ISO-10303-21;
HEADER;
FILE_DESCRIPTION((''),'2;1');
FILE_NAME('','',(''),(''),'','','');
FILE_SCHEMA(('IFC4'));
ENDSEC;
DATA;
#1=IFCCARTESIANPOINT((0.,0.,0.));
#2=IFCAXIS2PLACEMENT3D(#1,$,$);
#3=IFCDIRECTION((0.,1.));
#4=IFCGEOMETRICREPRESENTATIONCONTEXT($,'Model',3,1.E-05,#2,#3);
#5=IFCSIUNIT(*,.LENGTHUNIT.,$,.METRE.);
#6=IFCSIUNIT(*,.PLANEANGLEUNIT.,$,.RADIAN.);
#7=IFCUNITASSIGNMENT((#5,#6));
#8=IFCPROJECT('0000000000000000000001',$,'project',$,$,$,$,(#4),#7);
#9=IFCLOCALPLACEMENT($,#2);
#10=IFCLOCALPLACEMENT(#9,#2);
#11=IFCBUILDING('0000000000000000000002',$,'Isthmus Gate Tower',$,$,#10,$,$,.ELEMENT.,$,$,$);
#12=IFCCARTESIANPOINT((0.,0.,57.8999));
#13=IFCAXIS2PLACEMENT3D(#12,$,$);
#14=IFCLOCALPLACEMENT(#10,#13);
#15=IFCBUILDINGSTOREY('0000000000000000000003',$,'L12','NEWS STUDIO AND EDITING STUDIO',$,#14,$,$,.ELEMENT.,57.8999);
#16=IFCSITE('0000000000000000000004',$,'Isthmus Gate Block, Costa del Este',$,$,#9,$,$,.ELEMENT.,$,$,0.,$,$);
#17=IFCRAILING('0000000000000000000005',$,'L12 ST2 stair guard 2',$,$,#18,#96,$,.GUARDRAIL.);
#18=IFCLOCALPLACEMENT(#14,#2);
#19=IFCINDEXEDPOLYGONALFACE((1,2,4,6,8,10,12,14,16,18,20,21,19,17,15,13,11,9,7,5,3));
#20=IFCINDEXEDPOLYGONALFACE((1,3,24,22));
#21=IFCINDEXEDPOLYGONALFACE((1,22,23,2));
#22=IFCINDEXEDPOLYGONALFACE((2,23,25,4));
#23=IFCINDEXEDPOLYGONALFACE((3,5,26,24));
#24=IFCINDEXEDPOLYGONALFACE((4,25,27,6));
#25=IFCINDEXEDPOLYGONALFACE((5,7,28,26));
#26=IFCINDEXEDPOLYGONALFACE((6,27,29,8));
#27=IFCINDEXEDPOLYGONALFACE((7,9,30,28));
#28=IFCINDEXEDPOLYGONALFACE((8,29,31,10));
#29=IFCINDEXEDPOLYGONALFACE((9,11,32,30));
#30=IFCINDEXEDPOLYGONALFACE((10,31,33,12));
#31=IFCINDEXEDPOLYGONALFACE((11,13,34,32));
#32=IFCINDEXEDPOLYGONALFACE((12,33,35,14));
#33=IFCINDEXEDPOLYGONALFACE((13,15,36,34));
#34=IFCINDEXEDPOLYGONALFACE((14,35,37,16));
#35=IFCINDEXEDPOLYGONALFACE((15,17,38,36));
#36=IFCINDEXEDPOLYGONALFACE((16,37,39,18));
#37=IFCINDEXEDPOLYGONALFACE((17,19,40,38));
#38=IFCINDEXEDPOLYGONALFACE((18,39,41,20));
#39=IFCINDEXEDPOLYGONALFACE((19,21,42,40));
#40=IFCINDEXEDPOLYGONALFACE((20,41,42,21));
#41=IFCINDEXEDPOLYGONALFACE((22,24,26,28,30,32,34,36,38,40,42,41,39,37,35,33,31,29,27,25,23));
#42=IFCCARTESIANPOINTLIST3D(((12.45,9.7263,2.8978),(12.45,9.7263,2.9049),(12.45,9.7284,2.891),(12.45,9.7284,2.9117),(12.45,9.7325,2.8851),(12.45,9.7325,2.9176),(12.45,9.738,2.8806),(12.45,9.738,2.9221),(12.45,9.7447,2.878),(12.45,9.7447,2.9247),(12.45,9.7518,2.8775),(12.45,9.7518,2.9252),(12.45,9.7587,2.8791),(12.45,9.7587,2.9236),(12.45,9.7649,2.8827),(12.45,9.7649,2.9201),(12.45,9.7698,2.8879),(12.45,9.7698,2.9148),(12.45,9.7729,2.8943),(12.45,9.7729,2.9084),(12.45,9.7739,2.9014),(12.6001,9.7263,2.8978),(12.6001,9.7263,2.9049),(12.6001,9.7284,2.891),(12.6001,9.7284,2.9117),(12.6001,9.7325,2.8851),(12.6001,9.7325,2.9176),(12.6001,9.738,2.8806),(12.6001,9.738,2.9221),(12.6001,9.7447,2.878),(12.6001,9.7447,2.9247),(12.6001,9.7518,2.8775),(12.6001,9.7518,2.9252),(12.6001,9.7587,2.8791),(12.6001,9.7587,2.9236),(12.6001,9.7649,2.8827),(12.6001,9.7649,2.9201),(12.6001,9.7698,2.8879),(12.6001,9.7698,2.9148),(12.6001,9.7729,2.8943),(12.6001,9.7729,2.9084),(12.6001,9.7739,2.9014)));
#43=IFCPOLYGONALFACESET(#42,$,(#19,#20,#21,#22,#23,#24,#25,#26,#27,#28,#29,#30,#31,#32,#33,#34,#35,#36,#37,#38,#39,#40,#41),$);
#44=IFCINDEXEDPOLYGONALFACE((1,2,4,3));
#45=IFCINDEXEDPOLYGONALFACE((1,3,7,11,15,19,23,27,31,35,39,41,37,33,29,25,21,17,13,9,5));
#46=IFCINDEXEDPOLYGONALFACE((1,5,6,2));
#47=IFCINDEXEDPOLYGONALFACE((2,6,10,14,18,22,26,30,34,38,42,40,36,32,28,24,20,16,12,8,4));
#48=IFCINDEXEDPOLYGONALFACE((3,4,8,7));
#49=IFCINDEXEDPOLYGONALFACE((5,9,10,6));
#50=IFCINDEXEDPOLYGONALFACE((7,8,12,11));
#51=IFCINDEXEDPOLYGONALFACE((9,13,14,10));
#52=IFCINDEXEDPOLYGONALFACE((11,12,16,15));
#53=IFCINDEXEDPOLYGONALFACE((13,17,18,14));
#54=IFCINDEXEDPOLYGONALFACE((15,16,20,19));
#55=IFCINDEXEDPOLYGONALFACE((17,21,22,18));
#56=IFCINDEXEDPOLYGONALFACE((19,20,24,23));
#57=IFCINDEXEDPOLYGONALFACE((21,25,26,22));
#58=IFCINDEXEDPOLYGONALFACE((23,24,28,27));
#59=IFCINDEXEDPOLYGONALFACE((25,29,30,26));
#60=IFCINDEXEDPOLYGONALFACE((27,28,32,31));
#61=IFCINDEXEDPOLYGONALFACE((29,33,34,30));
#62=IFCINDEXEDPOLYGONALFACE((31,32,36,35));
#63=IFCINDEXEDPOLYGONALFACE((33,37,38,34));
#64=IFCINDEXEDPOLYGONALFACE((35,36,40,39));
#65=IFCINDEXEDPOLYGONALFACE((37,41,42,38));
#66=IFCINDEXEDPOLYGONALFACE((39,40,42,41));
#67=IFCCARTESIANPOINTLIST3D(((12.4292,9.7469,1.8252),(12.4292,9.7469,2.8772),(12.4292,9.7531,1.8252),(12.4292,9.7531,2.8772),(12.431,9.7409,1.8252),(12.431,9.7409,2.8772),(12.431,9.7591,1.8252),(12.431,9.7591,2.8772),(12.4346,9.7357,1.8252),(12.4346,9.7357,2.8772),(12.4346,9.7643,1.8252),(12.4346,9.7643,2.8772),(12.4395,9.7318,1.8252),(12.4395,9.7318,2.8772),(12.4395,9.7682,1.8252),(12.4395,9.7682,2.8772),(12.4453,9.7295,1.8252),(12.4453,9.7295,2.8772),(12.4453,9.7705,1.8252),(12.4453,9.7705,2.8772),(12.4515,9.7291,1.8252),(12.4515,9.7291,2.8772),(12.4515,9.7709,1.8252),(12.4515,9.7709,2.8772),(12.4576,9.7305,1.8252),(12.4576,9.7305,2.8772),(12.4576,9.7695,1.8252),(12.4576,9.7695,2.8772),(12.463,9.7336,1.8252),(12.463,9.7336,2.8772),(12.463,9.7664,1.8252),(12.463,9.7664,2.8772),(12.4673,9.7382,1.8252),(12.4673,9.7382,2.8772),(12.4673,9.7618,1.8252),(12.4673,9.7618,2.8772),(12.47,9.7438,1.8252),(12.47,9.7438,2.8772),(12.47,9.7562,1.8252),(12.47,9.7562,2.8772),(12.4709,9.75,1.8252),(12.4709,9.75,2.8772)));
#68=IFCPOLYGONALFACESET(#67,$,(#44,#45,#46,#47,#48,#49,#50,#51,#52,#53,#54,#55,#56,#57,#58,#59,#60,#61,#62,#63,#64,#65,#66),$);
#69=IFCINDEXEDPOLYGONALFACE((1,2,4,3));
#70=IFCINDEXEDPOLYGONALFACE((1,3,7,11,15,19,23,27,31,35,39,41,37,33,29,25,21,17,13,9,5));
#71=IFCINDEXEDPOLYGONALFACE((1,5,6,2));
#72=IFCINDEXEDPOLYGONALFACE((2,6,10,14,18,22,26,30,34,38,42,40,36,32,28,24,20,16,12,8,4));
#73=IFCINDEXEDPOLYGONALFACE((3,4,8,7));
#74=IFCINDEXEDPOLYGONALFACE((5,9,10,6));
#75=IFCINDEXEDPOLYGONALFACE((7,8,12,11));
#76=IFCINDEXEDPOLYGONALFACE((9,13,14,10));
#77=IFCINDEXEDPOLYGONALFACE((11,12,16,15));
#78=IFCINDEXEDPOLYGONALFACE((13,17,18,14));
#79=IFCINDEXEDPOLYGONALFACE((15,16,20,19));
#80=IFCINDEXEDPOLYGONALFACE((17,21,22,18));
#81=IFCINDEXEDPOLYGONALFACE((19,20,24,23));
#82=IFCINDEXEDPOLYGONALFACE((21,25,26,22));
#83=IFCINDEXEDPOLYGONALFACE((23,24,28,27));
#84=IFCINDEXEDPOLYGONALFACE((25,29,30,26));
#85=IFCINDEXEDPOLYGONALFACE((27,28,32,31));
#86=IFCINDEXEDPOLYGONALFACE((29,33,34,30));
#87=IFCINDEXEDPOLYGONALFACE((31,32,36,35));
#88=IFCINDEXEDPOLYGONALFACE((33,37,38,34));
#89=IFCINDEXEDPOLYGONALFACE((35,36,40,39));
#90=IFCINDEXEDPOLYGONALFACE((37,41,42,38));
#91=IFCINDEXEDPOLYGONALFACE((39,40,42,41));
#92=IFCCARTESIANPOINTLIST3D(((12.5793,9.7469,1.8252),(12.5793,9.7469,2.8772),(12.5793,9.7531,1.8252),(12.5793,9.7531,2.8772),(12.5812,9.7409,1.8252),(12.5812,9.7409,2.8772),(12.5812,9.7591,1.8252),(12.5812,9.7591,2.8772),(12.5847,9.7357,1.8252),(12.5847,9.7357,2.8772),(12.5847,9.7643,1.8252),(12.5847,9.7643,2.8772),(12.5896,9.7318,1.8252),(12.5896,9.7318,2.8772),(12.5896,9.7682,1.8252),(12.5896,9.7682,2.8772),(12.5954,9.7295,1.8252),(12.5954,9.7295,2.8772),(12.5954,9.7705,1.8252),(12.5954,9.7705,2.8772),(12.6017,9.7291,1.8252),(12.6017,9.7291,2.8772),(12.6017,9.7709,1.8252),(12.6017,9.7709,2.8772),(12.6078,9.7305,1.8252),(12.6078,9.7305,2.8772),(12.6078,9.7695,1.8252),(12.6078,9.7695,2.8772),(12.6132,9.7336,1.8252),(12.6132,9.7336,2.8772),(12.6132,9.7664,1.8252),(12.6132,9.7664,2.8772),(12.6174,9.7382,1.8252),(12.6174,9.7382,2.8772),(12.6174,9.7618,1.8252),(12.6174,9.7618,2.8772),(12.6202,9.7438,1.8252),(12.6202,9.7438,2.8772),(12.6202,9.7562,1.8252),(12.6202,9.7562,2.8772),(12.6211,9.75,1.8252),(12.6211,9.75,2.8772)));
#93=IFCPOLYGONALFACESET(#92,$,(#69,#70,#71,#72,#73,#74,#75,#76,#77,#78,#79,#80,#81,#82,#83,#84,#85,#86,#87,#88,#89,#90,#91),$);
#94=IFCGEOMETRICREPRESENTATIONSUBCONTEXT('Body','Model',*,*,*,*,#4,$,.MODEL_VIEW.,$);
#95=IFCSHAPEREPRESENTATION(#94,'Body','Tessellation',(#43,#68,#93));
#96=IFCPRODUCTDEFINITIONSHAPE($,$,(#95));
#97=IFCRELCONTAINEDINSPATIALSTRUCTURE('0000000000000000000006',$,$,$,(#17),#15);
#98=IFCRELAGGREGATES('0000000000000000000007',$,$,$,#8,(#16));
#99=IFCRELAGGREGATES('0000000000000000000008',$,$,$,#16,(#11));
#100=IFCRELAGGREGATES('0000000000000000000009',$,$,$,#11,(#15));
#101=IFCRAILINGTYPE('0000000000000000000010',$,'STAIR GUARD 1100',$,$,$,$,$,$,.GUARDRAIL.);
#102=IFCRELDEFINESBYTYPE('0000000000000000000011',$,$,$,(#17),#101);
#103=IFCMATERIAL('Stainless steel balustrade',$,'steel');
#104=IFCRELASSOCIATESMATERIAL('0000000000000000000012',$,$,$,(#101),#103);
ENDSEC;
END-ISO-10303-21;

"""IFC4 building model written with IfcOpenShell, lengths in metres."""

from ifc_helpers import new_model, si_unit, direction, frame, origin, origin_2d, place, context, subcontext, project, spatial, circle, extrude, material, type_object, element, save


model = new_model("IFC4")

# Units and contexts
model_context = context("Model", 3, precision=1e-05, world=origin(), true_north=direction((0.0, 1.0)))
body_context = subcontext(model_context, "Body", "Model", "MODEL_VIEW")
ifc_project = project(units=[si_unit("LENGTHUNIT", "METRE"), si_unit("PLANEANGLEUNIT", "RADIAN")], contexts=[model_context])

# Site, building, storey
site_placement = place(None, origin())
site = spatial("IfcSite", under=ifc_project, at=site_placement, Name="Isthmus Gate Block, Costa del Este", CompositionType="ELEMENT", RefElevation=0.0)
building_placement = place(site_placement, origin())
building = spatial("IfcBuilding", under=site, at=building_placement, Name="Isthmus Gate Tower", CompositionType="ELEMENT")
storey_placement = place(building_placement, frame((0.0, 0.0, 57.8999)))
storey = spatial("IfcBuildingStorey", under=building, at=storey_placement, Name="L12", Description="NEWS STUDIO AND EDITING STUDIO", CompositionType="ELEMENT", Elevation=57.8999)

# Railing
ifc_material_1 = material(Name="Stainless steel balustrade", Category="steel")
railing_type_1 = type_object("IfcRailingType", Name="STAIR GUARD 1100", PredefinedType="GUARDRAIL", material=ifc_material_1)
railing_1_placement = place(storey_placement, frame((12.45, 9.75, 1.8252)))
element("IfcRailing", 1, at=railing_1_placement, inside=storey, type_object=railing_type_1, Name="L12 ST2 stair guard 2", PredefinedType="GUARDRAIL", context=body_context, shape_type="SweptSolid", body=[
    extrude(circle(Radius=0.0239, at=origin_2d()), frame((0.0, 0.0, 1.0762), z_axis=(1.0, 0.0, 0.0), x_axis=(0.0, 1.0, 0.0)), (0.0, 0.0, 1.0), 0.1501),
    extrude(circle(Radius=0.021, at=origin_2d()), origin(), (0.0, 0.0, 1.0), 1.052),
    extrude(circle(Radius=0.021, at=origin_2d()), frame((0.1501, 0.0, 0.0)), (0.0, 0.0, 1.0), 1.052),
])

save(model, "model.ifc")
